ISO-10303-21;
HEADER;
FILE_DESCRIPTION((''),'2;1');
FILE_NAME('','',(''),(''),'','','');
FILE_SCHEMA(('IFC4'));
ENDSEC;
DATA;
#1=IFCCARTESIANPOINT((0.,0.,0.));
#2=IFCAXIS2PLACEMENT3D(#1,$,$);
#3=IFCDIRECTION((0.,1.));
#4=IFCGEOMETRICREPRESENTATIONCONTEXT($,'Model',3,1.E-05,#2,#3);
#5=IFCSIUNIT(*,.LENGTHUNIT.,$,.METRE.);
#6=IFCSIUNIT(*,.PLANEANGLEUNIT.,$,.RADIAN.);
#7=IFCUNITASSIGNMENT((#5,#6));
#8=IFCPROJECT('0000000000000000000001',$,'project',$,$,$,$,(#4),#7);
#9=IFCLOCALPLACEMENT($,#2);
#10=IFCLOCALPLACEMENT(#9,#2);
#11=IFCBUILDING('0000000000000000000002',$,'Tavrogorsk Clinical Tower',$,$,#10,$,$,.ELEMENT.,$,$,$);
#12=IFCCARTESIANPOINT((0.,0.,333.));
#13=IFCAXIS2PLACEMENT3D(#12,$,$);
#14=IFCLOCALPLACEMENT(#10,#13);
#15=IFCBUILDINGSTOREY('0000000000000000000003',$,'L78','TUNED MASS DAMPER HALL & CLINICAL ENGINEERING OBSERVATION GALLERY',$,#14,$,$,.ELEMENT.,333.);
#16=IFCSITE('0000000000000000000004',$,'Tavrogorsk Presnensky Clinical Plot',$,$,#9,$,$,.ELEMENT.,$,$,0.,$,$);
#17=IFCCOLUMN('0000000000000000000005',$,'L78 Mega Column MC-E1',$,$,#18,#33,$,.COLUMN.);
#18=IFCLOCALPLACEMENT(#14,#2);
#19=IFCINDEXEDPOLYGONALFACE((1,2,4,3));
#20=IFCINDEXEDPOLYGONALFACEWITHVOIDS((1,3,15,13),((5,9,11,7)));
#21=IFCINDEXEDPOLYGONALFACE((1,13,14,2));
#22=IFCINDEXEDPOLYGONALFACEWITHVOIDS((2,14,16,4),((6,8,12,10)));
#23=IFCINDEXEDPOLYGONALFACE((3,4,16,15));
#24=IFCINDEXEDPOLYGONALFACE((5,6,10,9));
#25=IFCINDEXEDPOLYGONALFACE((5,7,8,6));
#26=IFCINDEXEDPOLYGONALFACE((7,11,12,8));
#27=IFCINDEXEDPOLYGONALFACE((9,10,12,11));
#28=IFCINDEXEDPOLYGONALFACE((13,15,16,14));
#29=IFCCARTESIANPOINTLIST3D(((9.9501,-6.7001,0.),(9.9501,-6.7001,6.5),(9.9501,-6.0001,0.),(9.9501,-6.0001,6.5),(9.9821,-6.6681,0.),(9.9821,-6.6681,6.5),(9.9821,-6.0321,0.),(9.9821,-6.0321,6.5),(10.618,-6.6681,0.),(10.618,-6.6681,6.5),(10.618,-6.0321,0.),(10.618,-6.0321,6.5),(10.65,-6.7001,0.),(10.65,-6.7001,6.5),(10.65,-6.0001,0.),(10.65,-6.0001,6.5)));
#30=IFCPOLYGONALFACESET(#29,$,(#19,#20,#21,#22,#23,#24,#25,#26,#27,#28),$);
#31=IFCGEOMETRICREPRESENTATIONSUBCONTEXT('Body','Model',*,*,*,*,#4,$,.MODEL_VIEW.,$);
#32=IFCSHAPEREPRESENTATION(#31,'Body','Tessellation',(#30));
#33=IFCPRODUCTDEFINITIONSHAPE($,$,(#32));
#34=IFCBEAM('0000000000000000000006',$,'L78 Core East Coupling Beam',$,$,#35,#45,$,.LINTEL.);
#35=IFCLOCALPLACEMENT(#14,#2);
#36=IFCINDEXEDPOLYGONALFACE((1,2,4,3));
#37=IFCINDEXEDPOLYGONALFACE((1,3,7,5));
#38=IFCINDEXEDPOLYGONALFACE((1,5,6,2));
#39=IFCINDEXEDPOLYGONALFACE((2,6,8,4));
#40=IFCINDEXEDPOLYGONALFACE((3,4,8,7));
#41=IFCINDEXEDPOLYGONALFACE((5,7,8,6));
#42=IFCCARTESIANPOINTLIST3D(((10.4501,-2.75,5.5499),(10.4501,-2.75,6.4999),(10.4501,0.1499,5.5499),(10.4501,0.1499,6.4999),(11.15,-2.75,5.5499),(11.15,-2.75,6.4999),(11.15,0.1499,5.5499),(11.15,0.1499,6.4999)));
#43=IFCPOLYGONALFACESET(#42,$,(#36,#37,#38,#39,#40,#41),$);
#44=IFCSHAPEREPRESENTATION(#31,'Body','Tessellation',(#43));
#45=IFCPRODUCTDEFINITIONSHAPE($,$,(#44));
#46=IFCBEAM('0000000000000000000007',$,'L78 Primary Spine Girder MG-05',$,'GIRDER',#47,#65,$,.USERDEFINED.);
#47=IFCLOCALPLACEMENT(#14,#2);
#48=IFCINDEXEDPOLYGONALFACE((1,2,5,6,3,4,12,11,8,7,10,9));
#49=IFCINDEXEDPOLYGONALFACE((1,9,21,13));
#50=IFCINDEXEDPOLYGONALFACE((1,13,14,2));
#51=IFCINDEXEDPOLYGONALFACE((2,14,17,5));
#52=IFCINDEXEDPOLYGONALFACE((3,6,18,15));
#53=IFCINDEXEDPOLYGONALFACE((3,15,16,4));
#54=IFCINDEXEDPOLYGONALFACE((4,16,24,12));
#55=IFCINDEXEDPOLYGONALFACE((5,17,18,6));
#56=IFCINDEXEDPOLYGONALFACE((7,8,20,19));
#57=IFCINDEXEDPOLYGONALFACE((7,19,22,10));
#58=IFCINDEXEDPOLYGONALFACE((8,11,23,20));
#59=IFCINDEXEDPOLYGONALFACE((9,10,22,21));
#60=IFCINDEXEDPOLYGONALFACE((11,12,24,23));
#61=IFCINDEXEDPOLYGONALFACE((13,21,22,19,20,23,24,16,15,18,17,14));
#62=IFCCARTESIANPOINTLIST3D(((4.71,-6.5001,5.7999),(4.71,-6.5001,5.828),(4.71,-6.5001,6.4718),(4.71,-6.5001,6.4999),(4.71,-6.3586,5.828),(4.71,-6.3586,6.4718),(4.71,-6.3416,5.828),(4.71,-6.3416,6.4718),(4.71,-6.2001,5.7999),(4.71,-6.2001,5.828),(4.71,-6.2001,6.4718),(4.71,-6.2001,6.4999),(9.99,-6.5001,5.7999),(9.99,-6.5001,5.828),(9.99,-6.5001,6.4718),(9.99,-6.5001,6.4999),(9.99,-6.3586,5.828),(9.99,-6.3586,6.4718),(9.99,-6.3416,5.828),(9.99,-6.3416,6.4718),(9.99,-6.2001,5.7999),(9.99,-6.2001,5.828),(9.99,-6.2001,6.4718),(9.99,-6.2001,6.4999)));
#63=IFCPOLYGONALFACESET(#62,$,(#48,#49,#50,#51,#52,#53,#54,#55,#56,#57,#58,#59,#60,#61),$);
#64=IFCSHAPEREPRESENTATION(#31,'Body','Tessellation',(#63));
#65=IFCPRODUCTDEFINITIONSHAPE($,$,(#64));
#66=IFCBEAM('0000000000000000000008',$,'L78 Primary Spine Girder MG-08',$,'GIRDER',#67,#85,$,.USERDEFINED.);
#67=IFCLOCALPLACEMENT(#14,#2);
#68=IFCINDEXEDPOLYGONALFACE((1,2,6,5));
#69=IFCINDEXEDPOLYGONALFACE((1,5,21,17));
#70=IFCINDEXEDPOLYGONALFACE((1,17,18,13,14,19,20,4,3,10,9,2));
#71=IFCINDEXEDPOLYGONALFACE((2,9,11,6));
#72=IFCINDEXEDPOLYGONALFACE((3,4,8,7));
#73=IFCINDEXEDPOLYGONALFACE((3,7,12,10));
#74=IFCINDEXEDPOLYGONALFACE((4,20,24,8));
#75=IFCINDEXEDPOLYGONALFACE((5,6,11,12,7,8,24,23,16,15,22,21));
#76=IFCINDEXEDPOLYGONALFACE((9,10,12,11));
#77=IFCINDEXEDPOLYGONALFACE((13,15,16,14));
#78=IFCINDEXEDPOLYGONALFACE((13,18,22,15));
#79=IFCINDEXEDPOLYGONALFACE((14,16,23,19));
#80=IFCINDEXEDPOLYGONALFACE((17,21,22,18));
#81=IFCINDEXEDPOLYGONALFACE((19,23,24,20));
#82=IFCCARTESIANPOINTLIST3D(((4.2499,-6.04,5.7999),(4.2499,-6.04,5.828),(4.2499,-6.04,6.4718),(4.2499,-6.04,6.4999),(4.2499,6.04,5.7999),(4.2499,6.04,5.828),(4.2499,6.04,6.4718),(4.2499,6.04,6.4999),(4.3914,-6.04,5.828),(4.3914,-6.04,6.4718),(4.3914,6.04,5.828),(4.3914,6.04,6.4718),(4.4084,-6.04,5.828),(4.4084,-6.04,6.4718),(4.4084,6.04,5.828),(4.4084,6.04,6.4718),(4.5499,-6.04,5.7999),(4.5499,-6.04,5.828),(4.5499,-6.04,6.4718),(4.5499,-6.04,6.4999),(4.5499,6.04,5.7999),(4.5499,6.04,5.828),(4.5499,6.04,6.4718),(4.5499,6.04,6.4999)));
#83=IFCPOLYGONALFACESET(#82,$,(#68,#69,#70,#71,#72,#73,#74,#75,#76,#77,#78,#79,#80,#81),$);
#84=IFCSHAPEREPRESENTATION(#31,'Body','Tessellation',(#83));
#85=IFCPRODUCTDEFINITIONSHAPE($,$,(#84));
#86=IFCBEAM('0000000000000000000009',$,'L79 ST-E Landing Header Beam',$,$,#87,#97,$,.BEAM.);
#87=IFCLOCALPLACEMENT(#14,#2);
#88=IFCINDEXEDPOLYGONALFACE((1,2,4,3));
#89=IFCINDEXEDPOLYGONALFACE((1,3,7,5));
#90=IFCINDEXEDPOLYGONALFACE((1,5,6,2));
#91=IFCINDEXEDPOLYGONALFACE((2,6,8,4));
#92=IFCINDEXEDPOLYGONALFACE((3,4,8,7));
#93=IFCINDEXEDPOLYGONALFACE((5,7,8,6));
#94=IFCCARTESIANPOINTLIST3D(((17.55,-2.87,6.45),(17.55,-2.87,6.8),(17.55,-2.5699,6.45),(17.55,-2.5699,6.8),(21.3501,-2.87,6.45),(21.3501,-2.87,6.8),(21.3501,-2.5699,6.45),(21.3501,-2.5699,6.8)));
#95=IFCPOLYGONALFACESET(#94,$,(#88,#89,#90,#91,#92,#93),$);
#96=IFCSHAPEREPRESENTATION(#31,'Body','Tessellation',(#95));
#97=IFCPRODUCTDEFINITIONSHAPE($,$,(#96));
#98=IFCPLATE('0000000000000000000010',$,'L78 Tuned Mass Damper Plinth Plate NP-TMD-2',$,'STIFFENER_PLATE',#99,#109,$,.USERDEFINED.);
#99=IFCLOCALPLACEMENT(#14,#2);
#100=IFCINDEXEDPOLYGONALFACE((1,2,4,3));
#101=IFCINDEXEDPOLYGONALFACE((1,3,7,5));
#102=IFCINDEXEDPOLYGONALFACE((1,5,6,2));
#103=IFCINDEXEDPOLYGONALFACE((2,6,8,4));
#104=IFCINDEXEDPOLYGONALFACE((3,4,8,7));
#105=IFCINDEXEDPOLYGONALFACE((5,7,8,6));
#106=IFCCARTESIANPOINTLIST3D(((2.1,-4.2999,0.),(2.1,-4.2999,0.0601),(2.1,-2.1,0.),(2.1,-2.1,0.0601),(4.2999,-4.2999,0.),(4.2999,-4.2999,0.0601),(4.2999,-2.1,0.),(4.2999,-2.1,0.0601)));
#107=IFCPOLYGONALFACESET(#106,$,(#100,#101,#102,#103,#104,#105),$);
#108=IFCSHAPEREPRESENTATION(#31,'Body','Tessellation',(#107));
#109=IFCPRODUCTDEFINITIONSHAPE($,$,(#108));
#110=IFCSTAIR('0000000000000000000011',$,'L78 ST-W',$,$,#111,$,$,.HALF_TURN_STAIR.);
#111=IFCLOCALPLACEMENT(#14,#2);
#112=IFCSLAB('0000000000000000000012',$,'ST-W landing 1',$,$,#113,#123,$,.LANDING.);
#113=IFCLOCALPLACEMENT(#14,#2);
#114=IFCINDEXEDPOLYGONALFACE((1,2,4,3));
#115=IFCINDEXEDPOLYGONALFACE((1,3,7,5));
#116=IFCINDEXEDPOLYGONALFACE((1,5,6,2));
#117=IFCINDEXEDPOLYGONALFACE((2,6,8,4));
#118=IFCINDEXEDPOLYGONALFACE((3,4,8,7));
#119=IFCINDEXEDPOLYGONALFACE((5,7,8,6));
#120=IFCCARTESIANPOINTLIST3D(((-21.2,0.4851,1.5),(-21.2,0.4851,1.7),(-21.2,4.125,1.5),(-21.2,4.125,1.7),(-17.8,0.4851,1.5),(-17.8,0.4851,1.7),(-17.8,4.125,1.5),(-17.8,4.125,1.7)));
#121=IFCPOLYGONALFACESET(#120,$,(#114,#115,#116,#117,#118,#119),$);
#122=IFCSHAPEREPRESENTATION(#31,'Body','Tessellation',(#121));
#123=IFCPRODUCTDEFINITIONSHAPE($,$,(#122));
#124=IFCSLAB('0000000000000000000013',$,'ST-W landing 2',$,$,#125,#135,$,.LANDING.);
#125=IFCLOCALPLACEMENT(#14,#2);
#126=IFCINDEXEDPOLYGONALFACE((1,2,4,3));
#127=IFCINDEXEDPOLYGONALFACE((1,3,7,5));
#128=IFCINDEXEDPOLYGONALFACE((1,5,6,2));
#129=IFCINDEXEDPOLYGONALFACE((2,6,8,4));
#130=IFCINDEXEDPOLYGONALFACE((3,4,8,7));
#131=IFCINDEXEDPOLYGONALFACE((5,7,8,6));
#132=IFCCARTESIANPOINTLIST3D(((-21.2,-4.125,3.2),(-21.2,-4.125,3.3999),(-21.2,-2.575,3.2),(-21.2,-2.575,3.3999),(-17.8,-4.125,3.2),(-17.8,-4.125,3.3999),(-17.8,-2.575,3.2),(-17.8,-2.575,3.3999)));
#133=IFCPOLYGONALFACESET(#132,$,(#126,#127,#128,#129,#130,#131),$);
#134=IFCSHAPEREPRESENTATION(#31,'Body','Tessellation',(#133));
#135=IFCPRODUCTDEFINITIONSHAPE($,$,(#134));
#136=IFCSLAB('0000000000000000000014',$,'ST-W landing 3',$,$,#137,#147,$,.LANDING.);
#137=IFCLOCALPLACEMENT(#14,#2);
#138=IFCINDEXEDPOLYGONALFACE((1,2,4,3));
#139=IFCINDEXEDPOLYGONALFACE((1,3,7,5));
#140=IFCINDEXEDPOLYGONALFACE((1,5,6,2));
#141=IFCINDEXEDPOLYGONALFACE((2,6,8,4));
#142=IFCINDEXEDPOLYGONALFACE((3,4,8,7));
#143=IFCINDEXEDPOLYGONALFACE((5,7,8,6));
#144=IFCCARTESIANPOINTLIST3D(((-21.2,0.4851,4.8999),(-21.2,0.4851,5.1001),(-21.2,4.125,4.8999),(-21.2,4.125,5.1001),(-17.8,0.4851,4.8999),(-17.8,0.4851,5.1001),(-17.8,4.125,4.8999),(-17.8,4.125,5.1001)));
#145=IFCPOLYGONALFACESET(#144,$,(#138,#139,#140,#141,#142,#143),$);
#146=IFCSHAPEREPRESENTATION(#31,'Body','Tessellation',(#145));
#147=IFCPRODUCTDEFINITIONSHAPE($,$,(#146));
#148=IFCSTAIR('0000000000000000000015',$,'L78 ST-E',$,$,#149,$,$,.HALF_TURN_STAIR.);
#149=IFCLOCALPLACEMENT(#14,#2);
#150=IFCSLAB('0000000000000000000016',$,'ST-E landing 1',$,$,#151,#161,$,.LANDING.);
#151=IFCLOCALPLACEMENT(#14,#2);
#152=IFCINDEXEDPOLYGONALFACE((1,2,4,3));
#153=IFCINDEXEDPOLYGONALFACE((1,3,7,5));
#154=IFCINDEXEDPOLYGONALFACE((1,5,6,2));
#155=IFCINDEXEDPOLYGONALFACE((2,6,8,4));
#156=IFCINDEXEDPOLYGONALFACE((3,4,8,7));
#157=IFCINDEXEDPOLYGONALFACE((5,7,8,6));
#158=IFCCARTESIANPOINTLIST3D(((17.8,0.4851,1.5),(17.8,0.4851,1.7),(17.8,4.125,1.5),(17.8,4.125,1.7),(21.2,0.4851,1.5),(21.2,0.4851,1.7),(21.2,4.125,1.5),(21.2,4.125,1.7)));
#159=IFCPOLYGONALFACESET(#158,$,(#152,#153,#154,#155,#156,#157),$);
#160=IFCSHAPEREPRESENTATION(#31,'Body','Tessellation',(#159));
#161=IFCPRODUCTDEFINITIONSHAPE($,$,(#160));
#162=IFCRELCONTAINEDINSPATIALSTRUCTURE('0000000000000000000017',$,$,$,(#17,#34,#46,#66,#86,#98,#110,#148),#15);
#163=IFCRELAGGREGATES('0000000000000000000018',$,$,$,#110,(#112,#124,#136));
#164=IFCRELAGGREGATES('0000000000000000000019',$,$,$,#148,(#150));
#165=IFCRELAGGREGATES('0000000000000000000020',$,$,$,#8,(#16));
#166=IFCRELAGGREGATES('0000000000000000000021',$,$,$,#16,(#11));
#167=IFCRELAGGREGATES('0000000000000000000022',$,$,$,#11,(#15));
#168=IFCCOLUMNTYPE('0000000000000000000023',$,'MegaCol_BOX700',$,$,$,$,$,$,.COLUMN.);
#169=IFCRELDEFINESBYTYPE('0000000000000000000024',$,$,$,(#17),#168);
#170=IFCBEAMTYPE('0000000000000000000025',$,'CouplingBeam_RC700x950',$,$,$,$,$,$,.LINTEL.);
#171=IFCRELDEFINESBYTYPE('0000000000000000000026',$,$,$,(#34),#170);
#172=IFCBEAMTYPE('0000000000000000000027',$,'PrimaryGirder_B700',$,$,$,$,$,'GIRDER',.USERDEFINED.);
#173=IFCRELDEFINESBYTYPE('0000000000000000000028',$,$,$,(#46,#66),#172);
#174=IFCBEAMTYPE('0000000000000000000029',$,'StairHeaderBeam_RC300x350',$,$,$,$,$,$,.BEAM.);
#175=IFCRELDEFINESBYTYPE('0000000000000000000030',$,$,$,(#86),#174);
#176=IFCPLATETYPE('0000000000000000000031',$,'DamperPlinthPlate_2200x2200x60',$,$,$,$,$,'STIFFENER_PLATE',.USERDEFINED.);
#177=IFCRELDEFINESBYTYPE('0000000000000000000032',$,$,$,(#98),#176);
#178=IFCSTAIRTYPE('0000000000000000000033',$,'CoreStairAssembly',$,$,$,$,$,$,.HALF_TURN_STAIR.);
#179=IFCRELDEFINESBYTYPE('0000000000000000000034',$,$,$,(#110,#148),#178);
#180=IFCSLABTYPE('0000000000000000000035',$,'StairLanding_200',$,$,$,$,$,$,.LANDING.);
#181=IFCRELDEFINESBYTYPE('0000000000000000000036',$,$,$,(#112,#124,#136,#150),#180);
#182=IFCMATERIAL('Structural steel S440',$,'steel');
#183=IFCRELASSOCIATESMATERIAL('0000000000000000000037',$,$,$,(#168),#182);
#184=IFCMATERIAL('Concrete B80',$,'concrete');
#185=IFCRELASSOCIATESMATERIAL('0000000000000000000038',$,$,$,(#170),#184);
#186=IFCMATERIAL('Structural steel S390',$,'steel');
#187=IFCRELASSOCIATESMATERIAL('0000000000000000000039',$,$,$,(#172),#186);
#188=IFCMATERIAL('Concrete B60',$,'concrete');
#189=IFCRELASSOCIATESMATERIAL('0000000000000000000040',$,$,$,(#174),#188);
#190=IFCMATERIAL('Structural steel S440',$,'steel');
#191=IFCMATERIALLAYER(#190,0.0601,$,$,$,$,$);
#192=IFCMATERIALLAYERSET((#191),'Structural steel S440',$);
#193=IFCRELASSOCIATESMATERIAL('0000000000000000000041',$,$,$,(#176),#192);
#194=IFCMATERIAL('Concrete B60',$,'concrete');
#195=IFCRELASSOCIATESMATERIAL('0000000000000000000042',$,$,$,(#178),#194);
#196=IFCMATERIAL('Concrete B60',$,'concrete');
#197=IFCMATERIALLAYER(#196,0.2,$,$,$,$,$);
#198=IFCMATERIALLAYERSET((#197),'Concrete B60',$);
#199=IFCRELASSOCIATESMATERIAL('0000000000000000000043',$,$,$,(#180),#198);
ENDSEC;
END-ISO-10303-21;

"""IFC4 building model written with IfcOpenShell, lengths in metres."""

from ifc_helpers import new_model, si_unit, direction, frame, origin, origin_2d, place, context, subcontext, project, spatial, polyline, rectangle, hollow_rectangle, i_section, outline, extrude, material, layer, layer_set, material_profile, profile_set, type_object, element, aggregate, save


model = new_model("IFC4")

# Units and contexts
model_context = context("Model", 3, precision=1e-05, world=origin(), true_north=direction((0.0, 1.0)))
body_context = subcontext(model_context, "Body", "Model", "MODEL_VIEW")
ifc_project = project(units=[si_unit("LENGTHUNIT", "METRE"), si_unit("PLANEANGLEUNIT", "RADIAN")], contexts=[model_context])

# Site, building, storey
site_placement = place(None, origin())
site = spatial("IfcSite", under=ifc_project, at=site_placement, Name="Tavrogorsk Presnensky Clinical Plot", CompositionType="ELEMENT", RefElevation=0.0)
building_placement = place(site_placement, origin())
building = spatial("IfcBuilding", under=site, at=building_placement, Name="Tavrogorsk Clinical Tower", CompositionType="ELEMENT")
storey_placement = place(building_placement, frame((0.0, 0.0, 333.0)))
storey = spatial("IfcBuildingStorey", under=building, at=storey_placement, Name="L78", Description="TUNED MASS DAMPER HALL & CLINICAL ENGINEERING OBSERVATION GALLERY", CompositionType="ELEMENT", Elevation=333.0)

# Column
ifc_material_1 = material(Name="Structural steel S440", Category="steel")
ifc_material_profile_1 = material_profile(ifc_material_1, hollow_rectangle(XDim=0.7, YDim=0.7, WallThickness=0.032, at=origin_2d()), Name="BOX-700x700x32")
ifc_profile_set_1 = profile_set([ifc_material_profile_1], Name="Structural steel S440")
column_type = type_object("IfcColumnType", Name="MegaCol_BOX700", PredefinedType="COLUMN", material=ifc_profile_set_1)
column_placement = place(storey_placement, frame((10.3, -6.3501, 0.0), z_axis=(0.0, 0.0, 1.0), x_axis=(1.0, 0.0, 0.0)))
element("IfcColumn", 1, at=column_placement, inside=storey, type_object=column_type, Name="L78 Mega Column MC-E1", PredefinedType="COLUMN", context=body_context, shape_type="SweptSolid", body=[
    extrude(hollow_rectangle(XDim=0.7, YDim=0.7, WallThickness=0.032, at=origin_2d()), origin(), (0.0, 0.0, 1.0), 6.5),
])

# Beams
ifc_material_2 = material(Name="Concrete B80", Category="concrete")
ifc_material_profile_2 = material_profile(ifc_material_2, rectangle(XDim=0.7, YDim=0.95, at=origin_2d()), Name="RC-CB-700x950")
ifc_profile_set_2 = profile_set([ifc_material_profile_2], Name="Concrete B80")
beam_type_1 = type_object("IfcBeamType", Name="CouplingBeam_RC700x950", PredefinedType="LINTEL", material=ifc_profile_set_2)
beam_1_placement = place(storey_placement, frame((10.8, -2.75, 6.0249), z_axis=(0.0, 1.0, 0.0), x_axis=(-1.0, 0.0, 0.0)))
element("IfcBeam", 2, at=beam_1_placement, inside=storey, type_object=beam_type_1, Name="L78 Core East Coupling Beam", PredefinedType="LINTEL", context=body_context, shape_type="SweptSolid", body=[
    extrude(rectangle(XDim=0.7, YDim=0.95, at=origin_2d()), origin(), (0.0, 0.0, 1.0), 2.8999),
])
ifc_material_3 = material(Name="Structural steel S390", Category="steel")
ifc_material_profile_3 = material_profile(ifc_material_3, i_section(OverallWidth=0.3, OverallDepth=0.7, WebThickness=0.0171, FlangeThickness=0.0281, at=origin_2d()), Name="B-700x300x17x28")
ifc_profile_set_3 = profile_set([ifc_material_profile_3], Name="Structural steel S390")
beam_type_2 = type_object("IfcBeamType", Name="PrimaryGirder_B700", ElementType="GIRDER", PredefinedType="USERDEFINED", material=ifc_profile_set_3)
beam_2_placement = place(storey_placement, frame((4.71, -6.3501, 6.1499), z_axis=(1.0, 0.0, 0.0), x_axis=(0.0, 1.0, 0.0)))
element("IfcBeam", 3, at=beam_2_placement, inside=storey, type_object=beam_type_2, Name="L78 Primary Spine Girder MG-05", ObjectType="GIRDER", PredefinedType="USERDEFINED", context=body_context, shape_type="SweptSolid", body=[
    extrude(i_section(OverallWidth=0.3, OverallDepth=0.7, WebThickness=0.0171, FlangeThickness=0.0281, at=origin_2d()), origin(), (0.0, 0.0, 1.0), 5.28),
])
beam_3_placement = place(storey_placement, frame((4.3999, -6.04, 6.1499), z_axis=(0.0, 1.0, 0.0), x_axis=(-1.0, 0.0, 0.0)))
element("IfcBeam", 4, at=beam_3_placement, inside=storey, type_object=beam_type_2, Name="L78 Primary Spine Girder MG-08", ObjectType="GIRDER", PredefinedType="USERDEFINED", context=body_context, shape_type="SweptSolid", body=[
    extrude(i_section(OverallWidth=0.3, OverallDepth=0.7, WebThickness=0.0171, FlangeThickness=0.0281, at=origin_2d()), origin(), (0.0, 0.0, 1.0), 12.0801),
])
ifc_material_4 = material(Name="Concrete B60", Category="concrete")
ifc_material_profile_4 = material_profile(ifc_material_4, rectangle(XDim=0.3, YDim=0.3501, at=origin_2d()), Name="RC-SHB-300x350")
ifc_profile_set_4 = profile_set([ifc_material_profile_4], Name="Concrete B60")
beam_type_3 = type_object("IfcBeamType", Name="StairHeaderBeam_RC300x350", PredefinedType="BEAM", material=ifc_profile_set_4)
beam_4_placement = place(storey_placement, frame((17.55, -2.72, 6.625), z_axis=(1.0, 0.0, 0.0), x_axis=(0.0, 1.0, 0.0)))
element("IfcBeam", 5, at=beam_4_placement, inside=storey, type_object=beam_type_3, Name="L79 ST-E Landing Header Beam", PredefinedType="BEAM", context=body_context, shape_type="SweptSolid", body=[
    extrude(rectangle(XDim=0.3, YDim=0.3501, at=origin_2d()), origin(), (0.0, 0.0, 1.0), 3.8),
])

# Plate
ifc_material_5 = material(Name="Structural steel S440", Category="steel")
ifc_layer_1 = layer(ifc_material_5, 0.0601)
ifc_layer_set_1 = layer_set([ifc_layer_1], Name="Structural steel S440")
plate_type = type_object("IfcPlateType", Name="DamperPlinthPlate_2200x2200x60", ElementType="STIFFENER_PLATE", PredefinedType="USERDEFINED", material=ifc_layer_set_1)
plate_placement = place(storey_placement, frame((3.2, -3.2, 0.0), z_axis=(0.0, 0.0, 1.0), x_axis=(1.0, 0.0, 0.0)))
element("IfcPlate", 6, at=plate_placement, inside=storey, type_object=plate_type, Name="L78 Tuned Mass Damper Plinth Plate NP-TMD-2", ObjectType="STIFFENER_PLATE", PredefinedType="USERDEFINED", context=body_context, shape_type="SweptSolid", body=[
    extrude(rectangle(XDim=2.2, YDim=2.2, at=origin_2d()), origin(), (0.0, 0.0, 1.0), 0.0601),
])

# Stair, slabs
ifc_material_6 = material(Name="Concrete B60", Category="concrete")
stair_type = type_object("IfcStairType", Name="CoreStairAssembly", PredefinedType="HALF_TURN_STAIR", material=ifc_material_6)
stair_1_placement = place(storey_placement, origin())
stair_1 = element("IfcStair", 7, at=stair_1_placement, inside=storey, type_object=stair_type, Name="L78 ST-W", PredefinedType="HALF_TURN_STAIR")
ifc_material_7 = material(Name="Concrete B60", Category="concrete")
ifc_layer_2 = layer(ifc_material_7, 0.2)
ifc_layer_set_2 = layer_set([ifc_layer_2], Name="Concrete B60")
slab_type = type_object("IfcSlabType", Name="StairLanding_200", PredefinedType="LANDING", material=ifc_layer_set_2)
slab_1_placement = place(storey_placement, frame((0.0, 0.0, 1.5)))
slab_1 = element("IfcSlab", 8, at=slab_1_placement, type_object=slab_type, Name="ST-W landing 1", PredefinedType="LANDING", context=body_context, shape_type="SweptSolid", body=[
    extrude(outline(polyline([(-17.8, 0.4851), (-17.8, 4.125), (-21.2, 4.125), (-21.2, 0.4851), (-17.8, 0.4851)])), origin(), (0.0, 0.0, 1.0), 0.2),
])
slab_2_placement = place(storey_placement, frame((0.0, 0.0, 3.2)))
slab_2 = element("IfcSlab", 9, at=slab_2_placement, type_object=slab_type, Name="ST-W landing 2", PredefinedType="LANDING", context=body_context, shape_type="SweptSolid", body=[
    extrude(outline(polyline([(-17.8, -4.125), (-17.8, -2.575), (-21.2, -2.575), (-21.2, -4.125), (-17.8, -4.125)])), origin(), (0.0, 0.0, 1.0), 0.2),
])
slab_3_placement = place(storey_placement, frame((0.0, 0.0, 4.8999)))
slab_3 = element("IfcSlab", 10, at=slab_3_placement, type_object=slab_type, Name="ST-W landing 3", PredefinedType="LANDING", context=body_context, shape_type="SweptSolid", body=[
    extrude(outline(polyline([(-17.8, 0.4851), (-17.8, 4.125), (-21.2, 4.125), (-21.2, 0.4851), (-17.8, 0.4851)])), origin(), (0.0, 0.0, 1.0), 0.2002),
])
aggregate(stair_1, [slab_1, slab_2, slab_3])

# Stair, slab
stair_2_placement = place(storey_placement, origin())
stair_2 = element("IfcStair", 11, at=stair_2_placement, inside=storey, type_object=stair_type, Name="L78 ST-E", PredefinedType="HALF_TURN_STAIR")
slab_4_placement = place(storey_placement, frame((0.0, 0.0, 1.5)))
slab_4 = element("IfcSlab", 12, at=slab_4_placement, type_object=slab_type, Name="ST-E landing 1", PredefinedType="LANDING", context=body_context, shape_type="SweptSolid", body=[
    extrude(outline(polyline([(21.2, 0.4851), (21.2, 4.125), (17.8, 4.125), (17.8, 0.4851), (21.2, 0.4851)])), origin(), (0.0, 0.0, 1.0), 0.2),
])
aggregate(stair_2, [slab_4])

save(model, "model.ifc")
